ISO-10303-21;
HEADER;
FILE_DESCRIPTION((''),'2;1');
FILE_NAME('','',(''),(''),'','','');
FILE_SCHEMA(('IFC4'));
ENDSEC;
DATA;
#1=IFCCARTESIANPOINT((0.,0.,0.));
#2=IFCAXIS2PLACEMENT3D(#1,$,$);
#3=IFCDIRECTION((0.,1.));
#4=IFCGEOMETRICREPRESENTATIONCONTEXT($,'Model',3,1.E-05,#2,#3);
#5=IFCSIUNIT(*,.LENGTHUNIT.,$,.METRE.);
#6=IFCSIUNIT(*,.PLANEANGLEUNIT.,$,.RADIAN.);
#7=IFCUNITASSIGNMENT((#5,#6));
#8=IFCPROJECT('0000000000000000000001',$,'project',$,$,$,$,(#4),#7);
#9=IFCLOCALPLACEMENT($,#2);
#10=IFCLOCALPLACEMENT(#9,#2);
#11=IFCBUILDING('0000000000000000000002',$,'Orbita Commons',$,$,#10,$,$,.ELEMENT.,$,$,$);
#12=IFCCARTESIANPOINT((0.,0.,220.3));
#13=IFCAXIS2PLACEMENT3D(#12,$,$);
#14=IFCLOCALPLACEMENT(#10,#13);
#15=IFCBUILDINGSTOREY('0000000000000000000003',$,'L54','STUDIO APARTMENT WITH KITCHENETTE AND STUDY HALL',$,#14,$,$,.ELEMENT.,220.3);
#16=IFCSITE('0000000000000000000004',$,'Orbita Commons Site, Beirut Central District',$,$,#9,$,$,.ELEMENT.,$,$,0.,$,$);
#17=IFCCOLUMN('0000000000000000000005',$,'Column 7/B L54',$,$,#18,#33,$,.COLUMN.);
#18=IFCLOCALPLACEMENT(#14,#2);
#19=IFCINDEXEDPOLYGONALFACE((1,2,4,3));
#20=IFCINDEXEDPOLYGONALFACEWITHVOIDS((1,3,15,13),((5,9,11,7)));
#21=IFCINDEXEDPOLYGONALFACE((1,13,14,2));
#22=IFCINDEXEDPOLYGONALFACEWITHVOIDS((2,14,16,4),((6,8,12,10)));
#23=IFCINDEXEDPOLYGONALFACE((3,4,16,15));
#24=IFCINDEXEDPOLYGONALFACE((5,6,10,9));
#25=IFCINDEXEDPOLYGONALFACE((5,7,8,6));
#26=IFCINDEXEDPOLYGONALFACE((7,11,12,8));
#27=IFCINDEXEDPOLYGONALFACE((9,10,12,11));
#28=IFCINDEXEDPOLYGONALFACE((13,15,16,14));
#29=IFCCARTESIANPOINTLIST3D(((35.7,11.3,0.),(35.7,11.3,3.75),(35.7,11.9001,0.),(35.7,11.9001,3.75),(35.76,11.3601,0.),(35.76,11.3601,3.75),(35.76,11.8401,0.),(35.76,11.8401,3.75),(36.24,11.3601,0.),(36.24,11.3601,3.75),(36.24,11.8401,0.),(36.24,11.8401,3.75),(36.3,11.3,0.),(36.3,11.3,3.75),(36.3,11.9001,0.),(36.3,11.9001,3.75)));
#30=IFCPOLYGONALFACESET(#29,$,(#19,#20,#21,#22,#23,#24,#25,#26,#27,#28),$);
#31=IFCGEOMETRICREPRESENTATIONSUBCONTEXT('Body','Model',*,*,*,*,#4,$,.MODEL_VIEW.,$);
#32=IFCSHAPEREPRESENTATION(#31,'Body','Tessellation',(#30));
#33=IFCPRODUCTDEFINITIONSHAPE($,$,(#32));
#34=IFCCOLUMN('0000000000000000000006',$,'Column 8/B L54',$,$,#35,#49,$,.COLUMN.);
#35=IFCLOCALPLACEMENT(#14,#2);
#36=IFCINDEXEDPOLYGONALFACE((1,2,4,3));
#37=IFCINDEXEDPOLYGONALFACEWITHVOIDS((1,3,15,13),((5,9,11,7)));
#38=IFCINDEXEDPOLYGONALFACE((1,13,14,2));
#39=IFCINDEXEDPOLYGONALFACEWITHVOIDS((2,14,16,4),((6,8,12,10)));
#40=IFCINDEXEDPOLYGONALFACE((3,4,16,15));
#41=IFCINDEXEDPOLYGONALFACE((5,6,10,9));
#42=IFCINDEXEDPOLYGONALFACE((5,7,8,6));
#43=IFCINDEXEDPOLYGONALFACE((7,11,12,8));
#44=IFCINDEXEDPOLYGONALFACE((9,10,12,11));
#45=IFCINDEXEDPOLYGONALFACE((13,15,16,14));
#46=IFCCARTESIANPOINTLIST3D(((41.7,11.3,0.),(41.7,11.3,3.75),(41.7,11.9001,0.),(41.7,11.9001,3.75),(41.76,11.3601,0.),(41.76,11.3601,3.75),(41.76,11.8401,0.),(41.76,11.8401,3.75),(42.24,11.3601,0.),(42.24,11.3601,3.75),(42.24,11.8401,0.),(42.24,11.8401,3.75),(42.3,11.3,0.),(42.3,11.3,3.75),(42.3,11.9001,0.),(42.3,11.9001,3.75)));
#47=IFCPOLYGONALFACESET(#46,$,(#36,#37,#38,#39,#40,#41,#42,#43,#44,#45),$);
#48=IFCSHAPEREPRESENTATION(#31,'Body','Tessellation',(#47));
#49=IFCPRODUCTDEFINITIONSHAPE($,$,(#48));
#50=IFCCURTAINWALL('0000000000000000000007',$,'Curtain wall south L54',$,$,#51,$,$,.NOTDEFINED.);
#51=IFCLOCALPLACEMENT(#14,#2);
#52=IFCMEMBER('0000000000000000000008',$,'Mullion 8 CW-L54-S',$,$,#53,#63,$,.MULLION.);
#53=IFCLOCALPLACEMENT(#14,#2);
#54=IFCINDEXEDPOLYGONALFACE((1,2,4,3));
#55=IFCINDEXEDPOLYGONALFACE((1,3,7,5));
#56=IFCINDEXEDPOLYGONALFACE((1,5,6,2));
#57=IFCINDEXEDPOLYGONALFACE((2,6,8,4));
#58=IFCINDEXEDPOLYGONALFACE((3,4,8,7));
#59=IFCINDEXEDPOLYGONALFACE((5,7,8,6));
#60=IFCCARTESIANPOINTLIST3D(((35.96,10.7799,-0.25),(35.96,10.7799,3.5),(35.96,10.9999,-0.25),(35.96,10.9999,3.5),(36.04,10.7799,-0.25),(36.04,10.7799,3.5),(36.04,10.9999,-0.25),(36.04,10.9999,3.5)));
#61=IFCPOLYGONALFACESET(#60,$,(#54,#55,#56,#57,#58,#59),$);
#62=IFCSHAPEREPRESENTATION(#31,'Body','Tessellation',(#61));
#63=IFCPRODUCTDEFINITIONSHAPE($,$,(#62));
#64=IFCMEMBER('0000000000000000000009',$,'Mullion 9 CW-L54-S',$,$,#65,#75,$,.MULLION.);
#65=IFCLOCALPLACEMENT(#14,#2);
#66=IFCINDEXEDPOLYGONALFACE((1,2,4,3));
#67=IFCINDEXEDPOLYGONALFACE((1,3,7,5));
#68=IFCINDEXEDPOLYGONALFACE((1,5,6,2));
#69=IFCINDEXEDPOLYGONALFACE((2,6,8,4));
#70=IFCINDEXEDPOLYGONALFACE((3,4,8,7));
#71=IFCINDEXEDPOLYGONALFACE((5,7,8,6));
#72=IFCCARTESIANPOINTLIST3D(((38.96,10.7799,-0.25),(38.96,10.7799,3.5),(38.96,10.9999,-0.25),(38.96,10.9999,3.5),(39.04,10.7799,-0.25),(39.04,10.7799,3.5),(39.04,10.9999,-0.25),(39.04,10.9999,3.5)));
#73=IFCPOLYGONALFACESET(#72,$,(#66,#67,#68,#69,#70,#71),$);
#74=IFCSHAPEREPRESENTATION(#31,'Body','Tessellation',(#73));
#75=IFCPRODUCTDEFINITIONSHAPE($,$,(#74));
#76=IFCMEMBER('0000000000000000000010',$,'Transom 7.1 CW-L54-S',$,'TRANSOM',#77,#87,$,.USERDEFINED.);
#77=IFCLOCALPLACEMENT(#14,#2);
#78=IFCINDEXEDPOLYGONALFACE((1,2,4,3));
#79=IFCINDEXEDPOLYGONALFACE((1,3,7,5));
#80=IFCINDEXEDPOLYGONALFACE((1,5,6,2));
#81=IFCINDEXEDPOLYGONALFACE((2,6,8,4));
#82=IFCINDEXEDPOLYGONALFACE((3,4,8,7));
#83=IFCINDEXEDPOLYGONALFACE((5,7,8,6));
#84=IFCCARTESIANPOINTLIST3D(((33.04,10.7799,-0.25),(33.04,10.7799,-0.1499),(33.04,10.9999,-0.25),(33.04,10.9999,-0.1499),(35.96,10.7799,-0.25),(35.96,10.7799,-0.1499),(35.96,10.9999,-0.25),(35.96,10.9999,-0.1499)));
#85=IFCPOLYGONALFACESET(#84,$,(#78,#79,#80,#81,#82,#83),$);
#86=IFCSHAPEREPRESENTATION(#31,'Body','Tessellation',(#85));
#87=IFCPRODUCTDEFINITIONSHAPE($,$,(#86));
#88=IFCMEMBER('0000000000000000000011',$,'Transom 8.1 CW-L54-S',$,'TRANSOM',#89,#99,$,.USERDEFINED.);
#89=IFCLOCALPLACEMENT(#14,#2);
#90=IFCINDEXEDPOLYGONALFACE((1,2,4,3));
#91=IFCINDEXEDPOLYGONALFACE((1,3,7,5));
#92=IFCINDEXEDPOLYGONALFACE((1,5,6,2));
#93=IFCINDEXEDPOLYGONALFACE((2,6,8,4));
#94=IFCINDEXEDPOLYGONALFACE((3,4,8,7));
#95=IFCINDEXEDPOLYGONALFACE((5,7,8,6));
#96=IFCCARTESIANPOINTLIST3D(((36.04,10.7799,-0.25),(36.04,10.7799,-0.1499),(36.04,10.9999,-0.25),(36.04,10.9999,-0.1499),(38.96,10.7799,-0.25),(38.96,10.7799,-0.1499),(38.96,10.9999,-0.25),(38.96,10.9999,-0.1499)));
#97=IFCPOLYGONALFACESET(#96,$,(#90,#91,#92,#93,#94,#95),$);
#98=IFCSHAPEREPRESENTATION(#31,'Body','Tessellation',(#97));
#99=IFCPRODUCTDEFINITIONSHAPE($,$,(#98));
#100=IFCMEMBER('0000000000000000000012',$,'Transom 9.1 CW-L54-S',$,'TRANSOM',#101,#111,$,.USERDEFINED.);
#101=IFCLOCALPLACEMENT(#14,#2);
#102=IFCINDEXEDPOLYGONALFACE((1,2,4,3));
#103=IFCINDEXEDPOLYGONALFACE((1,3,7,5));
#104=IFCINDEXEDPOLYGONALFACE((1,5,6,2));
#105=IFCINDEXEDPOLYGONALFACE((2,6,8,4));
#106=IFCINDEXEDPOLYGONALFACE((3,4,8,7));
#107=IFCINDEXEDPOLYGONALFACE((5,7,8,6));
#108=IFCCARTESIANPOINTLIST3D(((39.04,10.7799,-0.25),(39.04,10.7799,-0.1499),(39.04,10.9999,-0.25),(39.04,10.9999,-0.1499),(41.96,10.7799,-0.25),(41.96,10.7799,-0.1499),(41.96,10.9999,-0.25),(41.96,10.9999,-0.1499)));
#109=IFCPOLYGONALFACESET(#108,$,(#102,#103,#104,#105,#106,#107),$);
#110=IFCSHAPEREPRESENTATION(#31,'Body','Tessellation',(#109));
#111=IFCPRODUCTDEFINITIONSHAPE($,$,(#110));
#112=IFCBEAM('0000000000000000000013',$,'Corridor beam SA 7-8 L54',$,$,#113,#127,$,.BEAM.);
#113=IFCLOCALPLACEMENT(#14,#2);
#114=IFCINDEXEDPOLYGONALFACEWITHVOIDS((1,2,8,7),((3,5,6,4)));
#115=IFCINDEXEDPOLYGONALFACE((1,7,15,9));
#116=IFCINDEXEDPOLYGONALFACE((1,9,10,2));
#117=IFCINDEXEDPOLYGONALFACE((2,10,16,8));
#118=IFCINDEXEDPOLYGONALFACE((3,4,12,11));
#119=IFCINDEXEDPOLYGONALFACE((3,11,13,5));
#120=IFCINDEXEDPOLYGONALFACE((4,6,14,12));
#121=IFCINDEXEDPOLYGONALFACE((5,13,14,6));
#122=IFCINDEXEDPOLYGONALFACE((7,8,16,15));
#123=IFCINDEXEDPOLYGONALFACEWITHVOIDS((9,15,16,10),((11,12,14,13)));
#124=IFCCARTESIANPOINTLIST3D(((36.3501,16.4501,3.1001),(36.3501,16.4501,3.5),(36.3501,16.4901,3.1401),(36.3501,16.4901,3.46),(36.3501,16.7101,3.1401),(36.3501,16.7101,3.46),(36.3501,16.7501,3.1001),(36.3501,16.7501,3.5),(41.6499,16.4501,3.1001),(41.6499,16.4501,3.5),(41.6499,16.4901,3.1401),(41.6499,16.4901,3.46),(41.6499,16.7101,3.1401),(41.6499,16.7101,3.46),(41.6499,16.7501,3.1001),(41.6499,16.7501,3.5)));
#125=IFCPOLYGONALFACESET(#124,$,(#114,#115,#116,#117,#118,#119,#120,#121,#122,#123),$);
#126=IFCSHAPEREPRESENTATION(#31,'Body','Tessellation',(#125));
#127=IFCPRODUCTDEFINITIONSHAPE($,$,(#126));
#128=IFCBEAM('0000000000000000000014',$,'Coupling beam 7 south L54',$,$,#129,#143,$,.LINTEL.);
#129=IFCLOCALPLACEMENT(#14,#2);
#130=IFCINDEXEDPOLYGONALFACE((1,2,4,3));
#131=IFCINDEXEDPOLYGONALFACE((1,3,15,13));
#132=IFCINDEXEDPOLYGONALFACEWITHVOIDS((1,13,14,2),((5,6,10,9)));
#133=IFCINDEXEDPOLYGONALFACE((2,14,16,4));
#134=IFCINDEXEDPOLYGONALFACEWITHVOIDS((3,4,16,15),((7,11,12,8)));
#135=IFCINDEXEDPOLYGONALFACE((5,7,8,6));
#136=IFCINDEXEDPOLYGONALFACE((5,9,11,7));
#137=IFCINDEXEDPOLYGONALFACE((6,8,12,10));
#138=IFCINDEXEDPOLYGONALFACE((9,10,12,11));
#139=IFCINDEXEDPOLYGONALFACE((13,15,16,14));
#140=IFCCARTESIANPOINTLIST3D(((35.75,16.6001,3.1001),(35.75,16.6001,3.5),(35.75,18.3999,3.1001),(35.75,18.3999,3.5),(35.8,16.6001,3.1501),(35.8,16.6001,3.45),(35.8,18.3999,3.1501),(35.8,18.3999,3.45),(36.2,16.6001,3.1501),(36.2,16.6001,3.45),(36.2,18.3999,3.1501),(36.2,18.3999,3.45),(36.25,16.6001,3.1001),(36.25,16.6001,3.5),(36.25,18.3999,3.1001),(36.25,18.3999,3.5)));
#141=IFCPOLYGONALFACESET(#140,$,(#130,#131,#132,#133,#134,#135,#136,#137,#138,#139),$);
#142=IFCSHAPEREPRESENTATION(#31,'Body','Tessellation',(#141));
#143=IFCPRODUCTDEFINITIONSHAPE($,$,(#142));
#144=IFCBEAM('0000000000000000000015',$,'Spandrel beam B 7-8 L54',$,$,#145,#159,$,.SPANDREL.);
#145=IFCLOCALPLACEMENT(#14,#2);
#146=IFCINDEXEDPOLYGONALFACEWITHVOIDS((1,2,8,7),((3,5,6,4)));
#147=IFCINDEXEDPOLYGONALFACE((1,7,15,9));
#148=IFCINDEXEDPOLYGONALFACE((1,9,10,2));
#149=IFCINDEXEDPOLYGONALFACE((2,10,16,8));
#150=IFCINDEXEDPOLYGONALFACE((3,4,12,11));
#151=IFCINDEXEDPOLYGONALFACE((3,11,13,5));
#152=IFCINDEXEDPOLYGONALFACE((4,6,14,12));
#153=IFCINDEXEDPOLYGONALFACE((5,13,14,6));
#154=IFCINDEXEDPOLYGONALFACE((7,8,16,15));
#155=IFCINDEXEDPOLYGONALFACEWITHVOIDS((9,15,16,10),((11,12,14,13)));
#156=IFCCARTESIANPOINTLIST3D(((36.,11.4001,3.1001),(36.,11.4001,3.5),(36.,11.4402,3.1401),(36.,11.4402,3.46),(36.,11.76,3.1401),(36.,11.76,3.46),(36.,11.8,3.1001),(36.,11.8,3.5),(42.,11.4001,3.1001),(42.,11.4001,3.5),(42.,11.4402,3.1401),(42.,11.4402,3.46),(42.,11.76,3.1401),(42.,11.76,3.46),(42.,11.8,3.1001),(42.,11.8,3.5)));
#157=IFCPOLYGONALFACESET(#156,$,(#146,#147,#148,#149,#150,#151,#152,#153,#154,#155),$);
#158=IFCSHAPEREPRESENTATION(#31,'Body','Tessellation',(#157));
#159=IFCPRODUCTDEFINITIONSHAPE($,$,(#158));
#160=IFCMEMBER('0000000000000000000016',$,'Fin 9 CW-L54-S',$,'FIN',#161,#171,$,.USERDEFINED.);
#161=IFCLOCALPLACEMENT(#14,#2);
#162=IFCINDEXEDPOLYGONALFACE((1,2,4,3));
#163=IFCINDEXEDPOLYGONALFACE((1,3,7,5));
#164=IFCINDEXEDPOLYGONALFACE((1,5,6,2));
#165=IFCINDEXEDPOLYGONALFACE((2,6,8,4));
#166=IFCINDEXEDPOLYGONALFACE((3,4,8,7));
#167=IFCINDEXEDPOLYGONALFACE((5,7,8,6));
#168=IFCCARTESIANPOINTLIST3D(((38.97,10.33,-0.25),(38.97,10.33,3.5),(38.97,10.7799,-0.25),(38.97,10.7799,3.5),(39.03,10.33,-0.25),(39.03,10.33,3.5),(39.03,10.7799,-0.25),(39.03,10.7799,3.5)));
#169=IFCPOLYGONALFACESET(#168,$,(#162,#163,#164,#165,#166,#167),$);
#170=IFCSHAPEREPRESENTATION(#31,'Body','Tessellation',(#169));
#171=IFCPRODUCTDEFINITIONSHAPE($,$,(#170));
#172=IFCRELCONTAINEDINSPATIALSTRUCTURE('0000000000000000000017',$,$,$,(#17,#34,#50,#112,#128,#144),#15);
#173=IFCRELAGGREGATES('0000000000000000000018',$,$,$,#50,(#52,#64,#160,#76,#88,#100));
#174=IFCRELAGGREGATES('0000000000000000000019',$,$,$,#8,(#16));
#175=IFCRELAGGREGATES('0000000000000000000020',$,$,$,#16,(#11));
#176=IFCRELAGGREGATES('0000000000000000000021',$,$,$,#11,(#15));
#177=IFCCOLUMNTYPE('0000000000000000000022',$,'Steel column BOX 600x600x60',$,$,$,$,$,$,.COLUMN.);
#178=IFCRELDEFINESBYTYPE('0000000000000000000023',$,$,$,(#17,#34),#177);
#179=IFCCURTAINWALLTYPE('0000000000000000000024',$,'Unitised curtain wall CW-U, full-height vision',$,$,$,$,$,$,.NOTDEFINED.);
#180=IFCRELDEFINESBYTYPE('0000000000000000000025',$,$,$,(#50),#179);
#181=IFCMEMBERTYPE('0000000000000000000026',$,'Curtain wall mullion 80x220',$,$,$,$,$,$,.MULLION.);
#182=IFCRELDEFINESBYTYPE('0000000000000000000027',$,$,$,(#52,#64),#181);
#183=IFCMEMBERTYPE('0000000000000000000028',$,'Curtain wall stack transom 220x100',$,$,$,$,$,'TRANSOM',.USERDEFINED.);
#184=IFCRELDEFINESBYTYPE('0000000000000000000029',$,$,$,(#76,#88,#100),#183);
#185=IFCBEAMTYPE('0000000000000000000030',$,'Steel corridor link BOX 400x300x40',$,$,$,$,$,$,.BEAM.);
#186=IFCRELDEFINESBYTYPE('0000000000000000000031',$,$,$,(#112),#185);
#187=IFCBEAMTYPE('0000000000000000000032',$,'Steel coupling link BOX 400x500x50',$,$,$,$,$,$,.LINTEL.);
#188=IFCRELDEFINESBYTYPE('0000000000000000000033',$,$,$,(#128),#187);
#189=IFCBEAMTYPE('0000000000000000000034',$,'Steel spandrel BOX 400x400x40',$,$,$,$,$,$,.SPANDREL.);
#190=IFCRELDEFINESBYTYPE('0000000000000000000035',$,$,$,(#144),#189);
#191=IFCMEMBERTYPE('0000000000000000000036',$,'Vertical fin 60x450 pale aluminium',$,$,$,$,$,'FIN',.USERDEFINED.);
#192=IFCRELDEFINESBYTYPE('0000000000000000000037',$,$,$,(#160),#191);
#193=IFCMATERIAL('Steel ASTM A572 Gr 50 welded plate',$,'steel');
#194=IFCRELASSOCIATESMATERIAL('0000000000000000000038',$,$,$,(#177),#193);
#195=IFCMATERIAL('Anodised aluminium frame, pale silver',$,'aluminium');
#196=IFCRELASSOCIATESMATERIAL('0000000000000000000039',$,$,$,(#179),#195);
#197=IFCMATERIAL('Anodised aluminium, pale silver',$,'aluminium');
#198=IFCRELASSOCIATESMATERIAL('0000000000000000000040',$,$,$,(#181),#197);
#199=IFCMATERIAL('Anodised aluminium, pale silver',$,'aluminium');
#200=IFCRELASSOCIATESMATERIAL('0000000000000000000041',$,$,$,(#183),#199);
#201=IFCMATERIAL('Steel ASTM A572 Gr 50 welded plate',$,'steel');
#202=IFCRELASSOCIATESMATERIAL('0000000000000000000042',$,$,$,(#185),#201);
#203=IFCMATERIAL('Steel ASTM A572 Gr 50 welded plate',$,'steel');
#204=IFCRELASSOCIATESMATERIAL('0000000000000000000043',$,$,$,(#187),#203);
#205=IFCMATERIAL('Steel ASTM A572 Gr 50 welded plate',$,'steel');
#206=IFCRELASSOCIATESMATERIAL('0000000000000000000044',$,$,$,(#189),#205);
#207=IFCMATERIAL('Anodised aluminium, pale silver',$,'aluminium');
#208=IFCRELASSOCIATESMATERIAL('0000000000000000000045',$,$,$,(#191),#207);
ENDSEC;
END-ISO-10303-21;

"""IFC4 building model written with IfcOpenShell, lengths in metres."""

from ifc_helpers import new_model, si_unit, direction, frame, origin, origin_2d, place, context, subcontext, project, spatial, rectangle, hollow_rectangle, extrude, material, material_profile, profile_set, type_object, element, aggregate, save


model = new_model("IFC4")

# Units and contexts
model_context = context("Model", 3, precision=1e-05, world=origin(), true_north=direction((0.0, 1.0)))
body_context = subcontext(model_context, "Body", "Model", "MODEL_VIEW")
ifc_project = project(units=[si_unit("LENGTHUNIT", "METRE"), si_unit("PLANEANGLEUNIT", "RADIAN")], contexts=[model_context])

# Site, building, storey
site_placement = place(None, origin())
site = spatial("IfcSite", under=ifc_project, at=site_placement, Name="Orbita Commons Site, Beirut Central District", CompositionType="ELEMENT", RefElevation=0.0)
building_placement = place(site_placement, origin())
building = spatial("IfcBuilding", under=site, at=building_placement, Name="Orbita Commons", CompositionType="ELEMENT")
storey_placement = place(building_placement, frame((0.0, 0.0, 220.3)))
storey = spatial("IfcBuildingStorey", under=building, at=storey_placement, Name="L54", Description="STUDIO APARTMENT WITH KITCHENETTE AND STUDY HALL", CompositionType="ELEMENT", Elevation=220.3)

# Columns
ifc_material_1 = material(Name="Steel ASTM A572 Gr 50 welded plate", Category="steel")
ifc_material_profile_1 = material_profile(ifc_material_1, hollow_rectangle(XDim=0.6001, YDim=0.6001, WallThickness=0.0601, at=origin_2d()), Name="BOX 600x600x60")
ifc_profile_set_1 = profile_set([ifc_material_profile_1], Name="Steel ASTM A572 Gr 50 welded plate")
column_type = type_object("IfcColumnType", Name="Steel column BOX 600x600x60", PredefinedType="COLUMN", material=ifc_profile_set_1)
for number, where, z_axis, x_axis, name in (
    (1, (36.0, 11.6001, 0.0), (0.0, 0.0, 1.0), (1.0, 0.0, 0.0), "Column 7/B L54"),
    (2, (42.0, 11.6001, 0.0), (0.0, 0.0, 1.0), (1.0, 0.0, 0.0), "Column 8/B L54"),
):
    element("IfcColumn", number, at=place(storey_placement, frame(where, z_axis=z_axis, x_axis=x_axis)), inside=storey, type_object=column_type, Name=name, PredefinedType="COLUMN", context=body_context, shape_type="SweptSolid", body=[
        extrude(hollow_rectangle(XDim=0.6001, YDim=0.6001, WallThickness=0.0601, at=origin_2d()), origin(), (0.0, 0.0, 1.0), 3.75),
    ])

# Curtain wall, members
ifc_material_2 = material(Name="Anodised aluminium frame, pale silver", Category="aluminium")
curtain_wall_type = type_object("IfcCurtainWallType", Name="Unitised curtain wall CW-U, full-height vision", PredefinedType="NOTDEFINED", material=ifc_material_2)
curtain_wall_placement = place(storey_placement, origin())
curtain_wall = element("IfcCurtainWall", 3, at=curtain_wall_placement, inside=storey, type_object=curtain_wall_type, Name="Curtain wall south L54", PredefinedType="NOTDEFINED")
ifc_material_3 = material(Name="Anodised aluminium, pale silver", Category="aluminium")
ifc_material_profile_2 = material_profile(ifc_material_3, rectangle(XDim=0.0801, YDim=0.22, at=origin_2d()), Name="AL 80x220")
ifc_profile_set_2 = profile_set([ifc_material_profile_2], Name="Anodised aluminium, pale silver")
member_type_1 = type_object("IfcMemberType", Name="Curtain wall mullion 80x220", PredefinedType="MULLION", material=ifc_profile_set_2)
member_1_placement = place(storey_placement, frame((36.0, 10.8899, -0.25), z_axis=(0.0, 0.0, 1.0), x_axis=(1.0, 0.0, 0.0)))
member_1 = element("IfcMember", 4, at=member_1_placement, type_object=member_type_1, Name="Mullion 8 CW-L54-S", PredefinedType="MULLION", context=body_context, shape_type="SweptSolid", body=[
    extrude(rectangle(XDim=0.0801, YDim=0.22, at=origin_2d()), origin(), (0.0, 0.0, 1.0), 3.75),
])
member_2_placement = place(storey_placement, frame((39.0, 10.8899, -0.25), z_axis=(0.0, 0.0, 1.0), x_axis=(1.0, 0.0, 0.0)))
member_2 = element("IfcMember", 5, at=member_2_placement, type_object=member_type_1, Name="Mullion 9 CW-L54-S", PredefinedType="MULLION", context=body_context, shape_type="SweptSolid", body=[
    extrude(rectangle(XDim=0.0801, YDim=0.22, at=origin_2d()), origin(), (0.0, 0.0, 1.0), 3.75),
])
ifc_material_4 = material(Name="Anodised aluminium, pale silver", Category="aluminium")
ifc_material_profile_3 = material_profile(ifc_material_4, rectangle(XDim=0.22, YDim=0.1001, at=origin_2d()), Name="AL 220x100")
ifc_profile_set_3 = profile_set([ifc_material_profile_3], Name="Anodised aluminium, pale silver")
member_type_2 = type_object("IfcMemberType", Name="Curtain wall stack transom 220x100", ElementType="TRANSOM", PredefinedType="USERDEFINED", material=ifc_profile_set_3)
member_3_placement = place(storey_placement, frame((33.04, 10.8899, -0.2), z_axis=(1.0, 0.0, 0.0), x_axis=(0.0, 1.0, 0.0)))
member_3 = element("IfcMember", 6, at=member_3_placement, type_object=member_type_2, Name="Transom 7.1 CW-L54-S", ObjectType="TRANSOM", PredefinedType="USERDEFINED", context=body_context, shape_type="SweptSolid", body=[
    extrude(rectangle(XDim=0.22, YDim=0.1001, at=origin_2d()), origin(), (0.0, 0.0, 1.0), 2.9199),
])
member_4_placement = place(storey_placement, frame((36.04, 10.8899, -0.2), z_axis=(1.0, 0.0, 0.0), x_axis=(0.0, 1.0, 0.0)))
member_4 = element("IfcMember", 7, at=member_4_placement, type_object=member_type_2, Name="Transom 8.1 CW-L54-S", ObjectType="TRANSOM", PredefinedType="USERDEFINED", context=body_context, shape_type="SweptSolid", body=[
    extrude(rectangle(XDim=0.22, YDim=0.1001, at=origin_2d()), origin(), (0.0, 0.0, 1.0), 2.9199),
])
member_5_placement = place(storey_placement, frame((39.04, 10.8899, -0.2), z_axis=(1.0, 0.0, 0.0), x_axis=(0.0, 1.0, 0.0)))
member_5 = element("IfcMember", 8, at=member_5_placement, type_object=member_type_2, Name="Transom 9.1 CW-L54-S", ObjectType="TRANSOM", PredefinedType="USERDEFINED", context=body_context, shape_type="SweptSolid", body=[
    extrude(rectangle(XDim=0.22, YDim=0.1001, at=origin_2d()), origin(), (0.0, 0.0, 1.0), 2.9199),
])

# Beams
ifc_material_5 = material(Name="Steel ASTM A572 Gr 50 welded plate", Category="steel")
ifc_material_profile_4 = material_profile(ifc_material_5, hollow_rectangle(XDim=0.3, YDim=0.3999, WallThickness=0.04, at=origin_2d()), Name="BOX 400x300x40")
ifc_profile_set_4 = profile_set([ifc_material_profile_4], Name="Steel ASTM A572 Gr 50 welded plate")
beam_type_1 = type_object("IfcBeamType", Name="Steel corridor link BOX 400x300x40", PredefinedType="BEAM", material=ifc_profile_set_4)
beam_1_placement = place(storey_placement, frame((36.3501, 16.6001, 3.3), z_axis=(1.0, 0.0, 0.0), x_axis=(0.0, 1.0, 0.0)))
element("IfcBeam", 9, at=beam_1_placement, inside=storey, type_object=beam_type_1, Name="Corridor beam SA 7-8 L54", PredefinedType="BEAM", context=body_context, shape_type="SweptSolid", body=[
    extrude(hollow_rectangle(XDim=0.3, YDim=0.3999, WallThickness=0.04, at=origin_2d()), origin(), (0.0, 0.0, 1.0), 5.2998),
])
ifc_material_6 = material(Name="Steel ASTM A572 Gr 50 welded plate", Category="steel")
ifc_material_profile_5 = material_profile(ifc_material_6, hollow_rectangle(XDim=0.5, YDim=0.3999, WallThickness=0.05, at=origin_2d()), Name="BOX 400x500x50")
ifc_profile_set_5 = profile_set([ifc_material_profile_5], Name="Steel ASTM A572 Gr 50 welded plate")
beam_type_2 = type_object("IfcBeamType", Name="Steel coupling link BOX 400x500x50", PredefinedType="LINTEL", material=ifc_profile_set_5)
beam_2_placement = place(storey_placement, frame((36.0, 16.6001, 3.3), z_axis=(0.0, 1.0, 0.0), x_axis=(-1.0, 0.0, 0.0)))
element("IfcBeam", 10, at=beam_2_placement, inside=storey, type_object=beam_type_2, Name="Coupling beam 7 south L54", PredefinedType="LINTEL", context=body_context, shape_type="SweptSolid", body=[
    extrude(hollow_rectangle(XDim=0.5, YDim=0.3999, WallThickness=0.05, at=origin_2d()), origin(), (0.0, 0.0, 1.0), 1.7998),
])
ifc_material_7 = material(Name="Steel ASTM A572 Gr 50 welded plate", Category="steel")
ifc_material_profile_6 = material_profile(ifc_material_7, hollow_rectangle(XDim=0.3999, YDim=0.3999, WallThickness=0.04, at=origin_2d()), Name="BOX 400x400x40")
ifc_profile_set_6 = profile_set([ifc_material_profile_6], Name="Steel ASTM A572 Gr 50 welded plate")
beam_type_3 = type_object("IfcBeamType", Name="Steel spandrel BOX 400x400x40", PredefinedType="SPANDREL", material=ifc_profile_set_6)
beam_3_placement = place(storey_placement, frame((36.0, 11.6001, 3.3), z_axis=(1.0, 0.0, 0.0), x_axis=(0.0, 1.0, 0.0)))
element("IfcBeam", 11, at=beam_3_placement, inside=storey, type_object=beam_type_3, Name="Spandrel beam B 7-8 L54", PredefinedType="SPANDREL", context=body_context, shape_type="SweptSolid", body=[
    extrude(hollow_rectangle(XDim=0.3999, YDim=0.3999, WallThickness=0.04, at=origin_2d()), origin(), (0.0, 0.0, 1.0), 6.0),
])

# Member
ifc_material_8 = material(Name="Anodised aluminium, pale silver", Category="aluminium")
ifc_material_profile_7 = material_profile(ifc_material_8, rectangle(XDim=0.0601, YDim=0.45, at=origin_2d()), Name="FIN 60x450")
ifc_profile_set_7 = profile_set([ifc_material_profile_7], Name="Anodised aluminium, pale silver")
member_type_3 = type_object("IfcMemberType", Name="Vertical fin 60x450 pale aluminium", ElementType="FIN", PredefinedType="USERDEFINED", material=ifc_profile_set_7)
member_6_placement = place(storey_placement, frame((39.0, 10.5549, -0.25), z_axis=(0.0, 0.0, 1.0), x_axis=(1.0, 0.0, 0.0)))
member_6 = element("IfcMember", 12, at=member_6_placement, type_object=member_type_3, Name="Fin 9 CW-L54-S", ObjectType="FIN", PredefinedType="USERDEFINED", context=body_context, shape_type="SweptSolid", body=[
    extrude(rectangle(XDim=0.0601, YDim=0.45, at=origin_2d()), origin(), (0.0, 0.0, 1.0), 3.75),
])

aggregate(curtain_wall, [member_1, member_2, member_6, member_3, member_4, member_5])

save(model, "model.ifc")
